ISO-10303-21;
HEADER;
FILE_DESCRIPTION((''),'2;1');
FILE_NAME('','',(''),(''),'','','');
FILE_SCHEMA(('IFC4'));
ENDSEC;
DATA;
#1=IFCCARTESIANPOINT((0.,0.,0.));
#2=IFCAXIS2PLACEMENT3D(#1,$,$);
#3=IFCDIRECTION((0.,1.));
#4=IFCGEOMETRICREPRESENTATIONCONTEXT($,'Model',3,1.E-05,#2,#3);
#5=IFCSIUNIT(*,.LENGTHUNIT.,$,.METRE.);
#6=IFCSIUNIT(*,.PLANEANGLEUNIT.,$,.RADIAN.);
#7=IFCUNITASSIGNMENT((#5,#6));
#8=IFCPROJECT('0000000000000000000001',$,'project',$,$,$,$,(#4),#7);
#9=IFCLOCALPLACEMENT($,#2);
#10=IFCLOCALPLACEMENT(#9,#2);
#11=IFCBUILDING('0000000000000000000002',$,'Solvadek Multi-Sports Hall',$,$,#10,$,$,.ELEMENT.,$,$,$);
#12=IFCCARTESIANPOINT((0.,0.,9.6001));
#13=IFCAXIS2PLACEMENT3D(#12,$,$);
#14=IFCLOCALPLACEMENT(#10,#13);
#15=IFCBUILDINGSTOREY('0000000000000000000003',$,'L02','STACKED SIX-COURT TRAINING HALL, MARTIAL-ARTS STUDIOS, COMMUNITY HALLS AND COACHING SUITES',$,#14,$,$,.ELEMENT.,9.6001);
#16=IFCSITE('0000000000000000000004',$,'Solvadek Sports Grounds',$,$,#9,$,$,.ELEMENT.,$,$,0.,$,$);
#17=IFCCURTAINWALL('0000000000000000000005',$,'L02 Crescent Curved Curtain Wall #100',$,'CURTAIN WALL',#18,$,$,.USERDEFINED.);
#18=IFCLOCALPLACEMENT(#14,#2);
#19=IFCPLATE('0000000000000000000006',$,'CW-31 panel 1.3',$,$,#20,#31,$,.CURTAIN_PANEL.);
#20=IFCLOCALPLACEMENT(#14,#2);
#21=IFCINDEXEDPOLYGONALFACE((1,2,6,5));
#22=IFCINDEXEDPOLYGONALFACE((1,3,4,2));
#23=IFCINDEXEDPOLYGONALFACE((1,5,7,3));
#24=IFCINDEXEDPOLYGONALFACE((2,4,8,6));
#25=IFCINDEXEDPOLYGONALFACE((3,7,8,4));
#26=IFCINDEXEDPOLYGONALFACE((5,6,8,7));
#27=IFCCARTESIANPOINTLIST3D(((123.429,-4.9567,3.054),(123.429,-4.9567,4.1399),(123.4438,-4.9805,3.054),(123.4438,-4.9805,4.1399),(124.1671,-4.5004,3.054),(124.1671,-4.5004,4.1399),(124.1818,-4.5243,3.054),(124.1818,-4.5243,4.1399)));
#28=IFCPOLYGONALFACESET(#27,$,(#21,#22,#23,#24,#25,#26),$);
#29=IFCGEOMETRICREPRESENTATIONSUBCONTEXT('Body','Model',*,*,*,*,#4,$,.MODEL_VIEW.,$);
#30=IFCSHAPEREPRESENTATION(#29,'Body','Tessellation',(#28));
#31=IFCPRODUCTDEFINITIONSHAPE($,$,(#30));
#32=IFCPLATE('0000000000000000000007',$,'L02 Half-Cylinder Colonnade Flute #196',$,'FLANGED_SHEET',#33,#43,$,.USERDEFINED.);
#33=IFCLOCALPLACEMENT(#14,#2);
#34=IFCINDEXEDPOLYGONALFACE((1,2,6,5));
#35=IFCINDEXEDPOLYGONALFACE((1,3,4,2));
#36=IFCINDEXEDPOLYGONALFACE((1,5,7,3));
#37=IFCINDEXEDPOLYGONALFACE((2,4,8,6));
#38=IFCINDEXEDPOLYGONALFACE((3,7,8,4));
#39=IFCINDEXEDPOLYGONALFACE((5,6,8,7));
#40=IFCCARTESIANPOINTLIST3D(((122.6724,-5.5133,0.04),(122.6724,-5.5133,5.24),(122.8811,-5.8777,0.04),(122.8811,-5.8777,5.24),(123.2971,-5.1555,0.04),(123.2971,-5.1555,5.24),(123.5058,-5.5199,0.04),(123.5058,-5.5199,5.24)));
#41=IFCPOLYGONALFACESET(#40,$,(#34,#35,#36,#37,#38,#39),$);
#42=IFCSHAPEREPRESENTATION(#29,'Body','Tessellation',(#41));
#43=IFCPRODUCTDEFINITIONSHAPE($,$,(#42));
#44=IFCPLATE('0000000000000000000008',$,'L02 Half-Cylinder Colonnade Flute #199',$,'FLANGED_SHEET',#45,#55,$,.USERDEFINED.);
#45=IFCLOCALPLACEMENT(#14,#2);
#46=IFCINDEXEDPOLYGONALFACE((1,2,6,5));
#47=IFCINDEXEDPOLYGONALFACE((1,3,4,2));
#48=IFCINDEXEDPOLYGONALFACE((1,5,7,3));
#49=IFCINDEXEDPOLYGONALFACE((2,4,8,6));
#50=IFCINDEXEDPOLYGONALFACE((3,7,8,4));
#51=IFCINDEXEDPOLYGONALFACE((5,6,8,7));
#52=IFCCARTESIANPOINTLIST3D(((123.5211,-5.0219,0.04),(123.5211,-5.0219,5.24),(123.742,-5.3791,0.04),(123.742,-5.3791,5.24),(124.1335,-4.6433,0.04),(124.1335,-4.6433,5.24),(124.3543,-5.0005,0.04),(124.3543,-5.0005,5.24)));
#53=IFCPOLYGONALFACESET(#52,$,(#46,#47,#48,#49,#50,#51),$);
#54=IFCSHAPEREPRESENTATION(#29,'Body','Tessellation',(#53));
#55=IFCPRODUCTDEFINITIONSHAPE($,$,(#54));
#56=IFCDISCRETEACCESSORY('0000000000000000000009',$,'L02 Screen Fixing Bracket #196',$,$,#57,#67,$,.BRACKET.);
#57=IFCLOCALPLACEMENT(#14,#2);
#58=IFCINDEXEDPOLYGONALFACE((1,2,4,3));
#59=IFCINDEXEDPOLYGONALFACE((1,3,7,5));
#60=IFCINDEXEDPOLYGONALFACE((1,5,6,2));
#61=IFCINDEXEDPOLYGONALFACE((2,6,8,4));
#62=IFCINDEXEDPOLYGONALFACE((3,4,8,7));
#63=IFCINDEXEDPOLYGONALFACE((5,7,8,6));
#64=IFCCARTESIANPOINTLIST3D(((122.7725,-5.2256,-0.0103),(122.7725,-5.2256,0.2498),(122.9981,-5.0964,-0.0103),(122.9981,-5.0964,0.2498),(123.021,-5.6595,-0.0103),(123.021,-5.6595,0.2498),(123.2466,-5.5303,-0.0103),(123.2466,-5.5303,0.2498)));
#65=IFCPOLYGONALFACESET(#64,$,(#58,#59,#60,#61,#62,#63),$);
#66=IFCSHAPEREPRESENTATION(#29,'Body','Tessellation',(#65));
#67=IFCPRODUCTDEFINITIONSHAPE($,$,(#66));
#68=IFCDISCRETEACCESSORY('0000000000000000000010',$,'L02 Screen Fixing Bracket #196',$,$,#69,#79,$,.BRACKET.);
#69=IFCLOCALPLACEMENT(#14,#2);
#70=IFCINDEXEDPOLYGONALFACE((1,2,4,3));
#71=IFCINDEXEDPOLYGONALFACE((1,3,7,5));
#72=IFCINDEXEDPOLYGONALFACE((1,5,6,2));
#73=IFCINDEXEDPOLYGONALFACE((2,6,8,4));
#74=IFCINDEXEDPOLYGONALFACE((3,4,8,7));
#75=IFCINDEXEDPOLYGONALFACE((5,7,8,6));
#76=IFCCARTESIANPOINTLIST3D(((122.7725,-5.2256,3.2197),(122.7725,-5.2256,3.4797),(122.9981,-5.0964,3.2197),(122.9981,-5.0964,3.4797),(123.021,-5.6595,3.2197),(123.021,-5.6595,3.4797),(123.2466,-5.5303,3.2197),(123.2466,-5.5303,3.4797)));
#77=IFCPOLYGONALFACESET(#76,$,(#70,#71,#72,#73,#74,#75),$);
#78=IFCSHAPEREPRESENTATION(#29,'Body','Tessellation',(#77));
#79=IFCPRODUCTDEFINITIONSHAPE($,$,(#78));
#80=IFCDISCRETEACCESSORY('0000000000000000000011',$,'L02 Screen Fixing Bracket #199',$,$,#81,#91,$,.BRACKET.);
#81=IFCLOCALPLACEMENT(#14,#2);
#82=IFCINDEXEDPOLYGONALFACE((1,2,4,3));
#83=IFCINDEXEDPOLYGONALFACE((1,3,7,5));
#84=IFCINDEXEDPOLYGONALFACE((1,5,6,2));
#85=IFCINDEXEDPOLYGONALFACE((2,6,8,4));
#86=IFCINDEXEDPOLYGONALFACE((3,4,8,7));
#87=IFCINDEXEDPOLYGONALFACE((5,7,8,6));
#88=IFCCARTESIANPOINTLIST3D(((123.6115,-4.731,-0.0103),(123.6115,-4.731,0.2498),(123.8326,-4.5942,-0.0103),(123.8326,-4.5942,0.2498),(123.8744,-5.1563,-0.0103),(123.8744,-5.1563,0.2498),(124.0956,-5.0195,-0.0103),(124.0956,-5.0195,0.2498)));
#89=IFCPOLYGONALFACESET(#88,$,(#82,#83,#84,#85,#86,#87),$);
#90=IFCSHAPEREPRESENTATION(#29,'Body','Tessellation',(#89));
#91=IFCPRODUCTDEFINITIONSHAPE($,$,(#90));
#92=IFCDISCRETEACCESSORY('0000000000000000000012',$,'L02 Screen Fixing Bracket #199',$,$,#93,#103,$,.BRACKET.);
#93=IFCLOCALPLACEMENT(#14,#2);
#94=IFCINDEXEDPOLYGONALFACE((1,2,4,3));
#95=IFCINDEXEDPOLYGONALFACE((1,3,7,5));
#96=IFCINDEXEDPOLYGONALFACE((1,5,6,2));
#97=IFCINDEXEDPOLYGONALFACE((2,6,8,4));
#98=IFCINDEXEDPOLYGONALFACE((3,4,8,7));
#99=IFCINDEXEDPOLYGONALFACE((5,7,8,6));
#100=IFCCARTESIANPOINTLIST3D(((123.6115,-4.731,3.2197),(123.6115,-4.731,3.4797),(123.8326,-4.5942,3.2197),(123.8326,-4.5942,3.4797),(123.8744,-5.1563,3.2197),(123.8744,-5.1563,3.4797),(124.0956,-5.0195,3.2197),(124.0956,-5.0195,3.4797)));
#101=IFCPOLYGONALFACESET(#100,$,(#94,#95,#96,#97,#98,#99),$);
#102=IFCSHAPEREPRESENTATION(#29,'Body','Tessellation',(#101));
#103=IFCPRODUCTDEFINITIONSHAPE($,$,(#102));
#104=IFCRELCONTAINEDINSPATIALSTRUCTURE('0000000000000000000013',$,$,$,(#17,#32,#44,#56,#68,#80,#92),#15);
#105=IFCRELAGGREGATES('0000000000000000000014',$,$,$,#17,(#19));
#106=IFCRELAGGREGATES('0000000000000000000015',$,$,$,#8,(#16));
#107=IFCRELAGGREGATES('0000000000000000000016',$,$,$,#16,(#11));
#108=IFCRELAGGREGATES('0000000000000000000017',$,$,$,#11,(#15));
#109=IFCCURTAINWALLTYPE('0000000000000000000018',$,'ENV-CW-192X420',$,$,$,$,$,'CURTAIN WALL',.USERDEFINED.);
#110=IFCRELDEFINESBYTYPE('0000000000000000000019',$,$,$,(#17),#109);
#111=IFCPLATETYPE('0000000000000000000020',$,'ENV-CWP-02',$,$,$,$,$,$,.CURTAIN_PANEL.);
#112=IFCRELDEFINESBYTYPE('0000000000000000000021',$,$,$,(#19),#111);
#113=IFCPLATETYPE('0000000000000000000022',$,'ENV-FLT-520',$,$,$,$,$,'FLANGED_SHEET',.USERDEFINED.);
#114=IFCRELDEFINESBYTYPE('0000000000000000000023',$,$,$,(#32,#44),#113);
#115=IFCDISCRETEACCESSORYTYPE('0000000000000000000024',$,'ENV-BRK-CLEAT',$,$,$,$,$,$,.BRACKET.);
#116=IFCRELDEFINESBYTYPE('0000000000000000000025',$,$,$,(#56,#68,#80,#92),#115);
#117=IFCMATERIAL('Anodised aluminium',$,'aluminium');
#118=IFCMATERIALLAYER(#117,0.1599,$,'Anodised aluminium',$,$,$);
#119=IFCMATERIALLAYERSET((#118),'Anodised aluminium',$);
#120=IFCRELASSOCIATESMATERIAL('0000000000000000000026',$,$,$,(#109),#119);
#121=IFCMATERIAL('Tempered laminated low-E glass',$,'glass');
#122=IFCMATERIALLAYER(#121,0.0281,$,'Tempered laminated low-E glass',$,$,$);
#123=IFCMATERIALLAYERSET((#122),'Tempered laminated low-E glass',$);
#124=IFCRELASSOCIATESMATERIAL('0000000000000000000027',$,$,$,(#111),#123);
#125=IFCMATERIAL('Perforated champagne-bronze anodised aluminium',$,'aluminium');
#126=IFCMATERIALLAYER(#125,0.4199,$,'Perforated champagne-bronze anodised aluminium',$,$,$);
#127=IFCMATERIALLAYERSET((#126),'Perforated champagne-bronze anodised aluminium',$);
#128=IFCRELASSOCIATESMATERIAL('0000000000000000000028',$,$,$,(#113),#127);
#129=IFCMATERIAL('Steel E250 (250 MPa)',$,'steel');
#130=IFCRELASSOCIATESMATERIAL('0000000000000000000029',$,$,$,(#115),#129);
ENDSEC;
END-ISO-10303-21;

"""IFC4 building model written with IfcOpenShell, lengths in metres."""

from ifc_helpers import new_model, si_unit, direction, frame, origin, origin_2d, place, context, subcontext, project, spatial, rectangle, extrude, material, layer, layer_set, type_object, element, aggregate, save


model = new_model("IFC4")

# Units and contexts
model_context = context("Model", 3, precision=1e-05, world=origin(), true_north=direction((0.0, 1.0)))
body_context = subcontext(model_context, "Body", "Model", "MODEL_VIEW")
ifc_project = project(units=[si_unit("LENGTHUNIT", "METRE"), si_unit("PLANEANGLEUNIT", "RADIAN")], contexts=[model_context])

# Site, building, storey
site_placement = place(None, origin())
site = spatial("IfcSite", under=ifc_project, at=site_placement, Name="Solvadek Sports Grounds", CompositionType="ELEMENT", RefElevation=0.0)
building_placement = place(site_placement, origin())
building = spatial("IfcBuilding", under=site, at=building_placement, Name="Solvadek Multi-Sports Hall", CompositionType="ELEMENT")
storey_placement = place(building_placement, frame((0.0, 0.0, 9.6001)))
storey = spatial("IfcBuildingStorey", under=building, at=storey_placement, Name="L02", Description="STACKED SIX-COURT TRAINING HALL, MARTIAL-ARTS STUDIOS, COMMUNITY HALLS AND COACHING SUITES", CompositionType="ELEMENT", Elevation=9.6001)

# Curtain wall
ifc_material_1 = material(Name="Anodised aluminium", Category="aluminium")
ifc_layer_1 = layer(ifc_material_1, 0.1599, Name="Anodised aluminium")
ifc_layer_set_1 = layer_set([ifc_layer_1], Name="Anodised aluminium")
curtain_wall_type_1 = type_object("IfcCurtainWallType", Name="ENV-CW-192X420", ElementType="CURTAIN WALL", PredefinedType="USERDEFINED", material=ifc_layer_set_1)
curtain_wall_1_placement = place(storey_placement, origin())
curtain_wall_1 = element("IfcCurtainWall", 1, at=curtain_wall_1_placement, inside=storey, type_object=curtain_wall_type_1, Name="L02 Crescent Curved Curtain Wall #100", ObjectType="CURTAIN WALL", PredefinedType="USERDEFINED")

# Plate
ifc_material_2 = material(Name="Tempered laminated low-E glass", Category="glass")
ifc_layer_2 = layer(ifc_material_2, 0.0281, Name="Tempered laminated low-E glass")
ifc_layer_set_2 = layer_set([ifc_layer_2], Name="Tempered laminated low-E glass")
plate_type_1 = type_object("IfcPlateType", Name="ENV-CWP-02", PredefinedType="CURTAIN_PANEL", material=ifc_layer_set_2)
plate_1_placement = place(storey_placement, frame((123.8054, -4.7405, 3.054), z_axis=(0.0, 0.0, 1.0), x_axis=(0.850599, 0.525815, 0.0)))
plate_1 = element("IfcPlate", 2, at=plate_1_placement, type_object=plate_type_1, Name="CW-31 panel 1.3", PredefinedType="CURTAIN_PANEL", context=body_context, shape_type="SweptSolid", body=[
    extrude(rectangle(XDim=0.8677, YDim=0.0281, at=origin_2d()), origin(), (0.0, 0.0, 1.0), 1.0859),
])
aggregate(curtain_wall_1, [plate_1])

# Plates
ifc_material_3 = material(Name="Perforated champagne-bronze anodised aluminium", Category="aluminium")
ifc_layer_3 = layer(ifc_material_3, 0.4199, Name="Perforated champagne-bronze anodised aluminium")
ifc_layer_set_3 = layer_set([ifc_layer_3], Name="Perforated champagne-bronze anodised aluminium")
plate_type_2 = type_object("IfcPlateType", Name="ENV-FLT-520", ElementType="FLANGED_SHEET", PredefinedType="USERDEFINED", material=ifc_layer_set_3)
for number, where, z_axis, x_axis, name in (
    (3, (123.0891, -5.5166, 0.04), (0.0, 0.0, 1.0), (0.867753, 0.496995, 0.0), "L02 Half-Cylinder Colonnade Flute #196"),
    (4, (123.9377, -5.0112, 0.04), (0.0, 0.0, 1.0), (0.850582, 0.525842, 0.0), "L02 Half-Cylinder Colonnade Flute #199"),
):
    element("IfcPlate", number, at=place(storey_placement, frame(where, z_axis=z_axis, x_axis=x_axis)), inside=storey, type_object=plate_type_2, Name=name, ObjectType="FLANGED_SHEET", PredefinedType="USERDEFINED", context=body_context, shape_type="SweptSolid", body=[
        extrude(rectangle(XDim=0.72, YDim=0.4199, at=origin_2d()), origin(), (0.0, 0.0, 1.0), 5.2),
    ])

# Discrete accessories
ifc_material_4 = material(Name="Steel E250 (250 MPa)", Category="steel")
discrete_accessory_type = type_object("IfcDiscreteAccessoryType", Name="ENV-BRK-CLEAT", PredefinedType="BRACKET", material=ifc_material_4)
for number, where, z_axis, x_axis, name in (
    (5, (123.0095, -5.3779, -0.0103), (0.0, 0.0, 1.0), (0.867753, 0.496995, 0.0), "L02 Screen Fixing Bracket #196"),
    (6, (123.0095, -5.3779, 3.2197), (0.0, 0.0, 1.0), (0.867753, 0.496995, 0.0), "L02 Screen Fixing Bracket #196"),
    (7, (123.8535, -4.8752, -0.0103), (0.0, 0.0, 1.0), (0.850582, 0.525842, 0.0), "L02 Screen Fixing Bracket #199"),
    (8, (123.8535, -4.8752, 3.2197), (0.0, 0.0, 1.0), (0.850582, 0.525842, 0.0), "L02 Screen Fixing Bracket #199"),
):
    element("IfcDiscreteAccessory", number, at=place(storey_placement, frame(where, z_axis=z_axis, x_axis=x_axis)), inside=storey, type_object=discrete_accessory_type, Name=name, PredefinedType="BRACKET", context=body_context, shape_type="SweptSolid", body=[
        extrude(rectangle(XDim=0.26, YDim=0.5, at=origin_2d()), origin(), (0.0, 0.0, 1.0), 0.26),
    ])

save(model, "model.ifc")
